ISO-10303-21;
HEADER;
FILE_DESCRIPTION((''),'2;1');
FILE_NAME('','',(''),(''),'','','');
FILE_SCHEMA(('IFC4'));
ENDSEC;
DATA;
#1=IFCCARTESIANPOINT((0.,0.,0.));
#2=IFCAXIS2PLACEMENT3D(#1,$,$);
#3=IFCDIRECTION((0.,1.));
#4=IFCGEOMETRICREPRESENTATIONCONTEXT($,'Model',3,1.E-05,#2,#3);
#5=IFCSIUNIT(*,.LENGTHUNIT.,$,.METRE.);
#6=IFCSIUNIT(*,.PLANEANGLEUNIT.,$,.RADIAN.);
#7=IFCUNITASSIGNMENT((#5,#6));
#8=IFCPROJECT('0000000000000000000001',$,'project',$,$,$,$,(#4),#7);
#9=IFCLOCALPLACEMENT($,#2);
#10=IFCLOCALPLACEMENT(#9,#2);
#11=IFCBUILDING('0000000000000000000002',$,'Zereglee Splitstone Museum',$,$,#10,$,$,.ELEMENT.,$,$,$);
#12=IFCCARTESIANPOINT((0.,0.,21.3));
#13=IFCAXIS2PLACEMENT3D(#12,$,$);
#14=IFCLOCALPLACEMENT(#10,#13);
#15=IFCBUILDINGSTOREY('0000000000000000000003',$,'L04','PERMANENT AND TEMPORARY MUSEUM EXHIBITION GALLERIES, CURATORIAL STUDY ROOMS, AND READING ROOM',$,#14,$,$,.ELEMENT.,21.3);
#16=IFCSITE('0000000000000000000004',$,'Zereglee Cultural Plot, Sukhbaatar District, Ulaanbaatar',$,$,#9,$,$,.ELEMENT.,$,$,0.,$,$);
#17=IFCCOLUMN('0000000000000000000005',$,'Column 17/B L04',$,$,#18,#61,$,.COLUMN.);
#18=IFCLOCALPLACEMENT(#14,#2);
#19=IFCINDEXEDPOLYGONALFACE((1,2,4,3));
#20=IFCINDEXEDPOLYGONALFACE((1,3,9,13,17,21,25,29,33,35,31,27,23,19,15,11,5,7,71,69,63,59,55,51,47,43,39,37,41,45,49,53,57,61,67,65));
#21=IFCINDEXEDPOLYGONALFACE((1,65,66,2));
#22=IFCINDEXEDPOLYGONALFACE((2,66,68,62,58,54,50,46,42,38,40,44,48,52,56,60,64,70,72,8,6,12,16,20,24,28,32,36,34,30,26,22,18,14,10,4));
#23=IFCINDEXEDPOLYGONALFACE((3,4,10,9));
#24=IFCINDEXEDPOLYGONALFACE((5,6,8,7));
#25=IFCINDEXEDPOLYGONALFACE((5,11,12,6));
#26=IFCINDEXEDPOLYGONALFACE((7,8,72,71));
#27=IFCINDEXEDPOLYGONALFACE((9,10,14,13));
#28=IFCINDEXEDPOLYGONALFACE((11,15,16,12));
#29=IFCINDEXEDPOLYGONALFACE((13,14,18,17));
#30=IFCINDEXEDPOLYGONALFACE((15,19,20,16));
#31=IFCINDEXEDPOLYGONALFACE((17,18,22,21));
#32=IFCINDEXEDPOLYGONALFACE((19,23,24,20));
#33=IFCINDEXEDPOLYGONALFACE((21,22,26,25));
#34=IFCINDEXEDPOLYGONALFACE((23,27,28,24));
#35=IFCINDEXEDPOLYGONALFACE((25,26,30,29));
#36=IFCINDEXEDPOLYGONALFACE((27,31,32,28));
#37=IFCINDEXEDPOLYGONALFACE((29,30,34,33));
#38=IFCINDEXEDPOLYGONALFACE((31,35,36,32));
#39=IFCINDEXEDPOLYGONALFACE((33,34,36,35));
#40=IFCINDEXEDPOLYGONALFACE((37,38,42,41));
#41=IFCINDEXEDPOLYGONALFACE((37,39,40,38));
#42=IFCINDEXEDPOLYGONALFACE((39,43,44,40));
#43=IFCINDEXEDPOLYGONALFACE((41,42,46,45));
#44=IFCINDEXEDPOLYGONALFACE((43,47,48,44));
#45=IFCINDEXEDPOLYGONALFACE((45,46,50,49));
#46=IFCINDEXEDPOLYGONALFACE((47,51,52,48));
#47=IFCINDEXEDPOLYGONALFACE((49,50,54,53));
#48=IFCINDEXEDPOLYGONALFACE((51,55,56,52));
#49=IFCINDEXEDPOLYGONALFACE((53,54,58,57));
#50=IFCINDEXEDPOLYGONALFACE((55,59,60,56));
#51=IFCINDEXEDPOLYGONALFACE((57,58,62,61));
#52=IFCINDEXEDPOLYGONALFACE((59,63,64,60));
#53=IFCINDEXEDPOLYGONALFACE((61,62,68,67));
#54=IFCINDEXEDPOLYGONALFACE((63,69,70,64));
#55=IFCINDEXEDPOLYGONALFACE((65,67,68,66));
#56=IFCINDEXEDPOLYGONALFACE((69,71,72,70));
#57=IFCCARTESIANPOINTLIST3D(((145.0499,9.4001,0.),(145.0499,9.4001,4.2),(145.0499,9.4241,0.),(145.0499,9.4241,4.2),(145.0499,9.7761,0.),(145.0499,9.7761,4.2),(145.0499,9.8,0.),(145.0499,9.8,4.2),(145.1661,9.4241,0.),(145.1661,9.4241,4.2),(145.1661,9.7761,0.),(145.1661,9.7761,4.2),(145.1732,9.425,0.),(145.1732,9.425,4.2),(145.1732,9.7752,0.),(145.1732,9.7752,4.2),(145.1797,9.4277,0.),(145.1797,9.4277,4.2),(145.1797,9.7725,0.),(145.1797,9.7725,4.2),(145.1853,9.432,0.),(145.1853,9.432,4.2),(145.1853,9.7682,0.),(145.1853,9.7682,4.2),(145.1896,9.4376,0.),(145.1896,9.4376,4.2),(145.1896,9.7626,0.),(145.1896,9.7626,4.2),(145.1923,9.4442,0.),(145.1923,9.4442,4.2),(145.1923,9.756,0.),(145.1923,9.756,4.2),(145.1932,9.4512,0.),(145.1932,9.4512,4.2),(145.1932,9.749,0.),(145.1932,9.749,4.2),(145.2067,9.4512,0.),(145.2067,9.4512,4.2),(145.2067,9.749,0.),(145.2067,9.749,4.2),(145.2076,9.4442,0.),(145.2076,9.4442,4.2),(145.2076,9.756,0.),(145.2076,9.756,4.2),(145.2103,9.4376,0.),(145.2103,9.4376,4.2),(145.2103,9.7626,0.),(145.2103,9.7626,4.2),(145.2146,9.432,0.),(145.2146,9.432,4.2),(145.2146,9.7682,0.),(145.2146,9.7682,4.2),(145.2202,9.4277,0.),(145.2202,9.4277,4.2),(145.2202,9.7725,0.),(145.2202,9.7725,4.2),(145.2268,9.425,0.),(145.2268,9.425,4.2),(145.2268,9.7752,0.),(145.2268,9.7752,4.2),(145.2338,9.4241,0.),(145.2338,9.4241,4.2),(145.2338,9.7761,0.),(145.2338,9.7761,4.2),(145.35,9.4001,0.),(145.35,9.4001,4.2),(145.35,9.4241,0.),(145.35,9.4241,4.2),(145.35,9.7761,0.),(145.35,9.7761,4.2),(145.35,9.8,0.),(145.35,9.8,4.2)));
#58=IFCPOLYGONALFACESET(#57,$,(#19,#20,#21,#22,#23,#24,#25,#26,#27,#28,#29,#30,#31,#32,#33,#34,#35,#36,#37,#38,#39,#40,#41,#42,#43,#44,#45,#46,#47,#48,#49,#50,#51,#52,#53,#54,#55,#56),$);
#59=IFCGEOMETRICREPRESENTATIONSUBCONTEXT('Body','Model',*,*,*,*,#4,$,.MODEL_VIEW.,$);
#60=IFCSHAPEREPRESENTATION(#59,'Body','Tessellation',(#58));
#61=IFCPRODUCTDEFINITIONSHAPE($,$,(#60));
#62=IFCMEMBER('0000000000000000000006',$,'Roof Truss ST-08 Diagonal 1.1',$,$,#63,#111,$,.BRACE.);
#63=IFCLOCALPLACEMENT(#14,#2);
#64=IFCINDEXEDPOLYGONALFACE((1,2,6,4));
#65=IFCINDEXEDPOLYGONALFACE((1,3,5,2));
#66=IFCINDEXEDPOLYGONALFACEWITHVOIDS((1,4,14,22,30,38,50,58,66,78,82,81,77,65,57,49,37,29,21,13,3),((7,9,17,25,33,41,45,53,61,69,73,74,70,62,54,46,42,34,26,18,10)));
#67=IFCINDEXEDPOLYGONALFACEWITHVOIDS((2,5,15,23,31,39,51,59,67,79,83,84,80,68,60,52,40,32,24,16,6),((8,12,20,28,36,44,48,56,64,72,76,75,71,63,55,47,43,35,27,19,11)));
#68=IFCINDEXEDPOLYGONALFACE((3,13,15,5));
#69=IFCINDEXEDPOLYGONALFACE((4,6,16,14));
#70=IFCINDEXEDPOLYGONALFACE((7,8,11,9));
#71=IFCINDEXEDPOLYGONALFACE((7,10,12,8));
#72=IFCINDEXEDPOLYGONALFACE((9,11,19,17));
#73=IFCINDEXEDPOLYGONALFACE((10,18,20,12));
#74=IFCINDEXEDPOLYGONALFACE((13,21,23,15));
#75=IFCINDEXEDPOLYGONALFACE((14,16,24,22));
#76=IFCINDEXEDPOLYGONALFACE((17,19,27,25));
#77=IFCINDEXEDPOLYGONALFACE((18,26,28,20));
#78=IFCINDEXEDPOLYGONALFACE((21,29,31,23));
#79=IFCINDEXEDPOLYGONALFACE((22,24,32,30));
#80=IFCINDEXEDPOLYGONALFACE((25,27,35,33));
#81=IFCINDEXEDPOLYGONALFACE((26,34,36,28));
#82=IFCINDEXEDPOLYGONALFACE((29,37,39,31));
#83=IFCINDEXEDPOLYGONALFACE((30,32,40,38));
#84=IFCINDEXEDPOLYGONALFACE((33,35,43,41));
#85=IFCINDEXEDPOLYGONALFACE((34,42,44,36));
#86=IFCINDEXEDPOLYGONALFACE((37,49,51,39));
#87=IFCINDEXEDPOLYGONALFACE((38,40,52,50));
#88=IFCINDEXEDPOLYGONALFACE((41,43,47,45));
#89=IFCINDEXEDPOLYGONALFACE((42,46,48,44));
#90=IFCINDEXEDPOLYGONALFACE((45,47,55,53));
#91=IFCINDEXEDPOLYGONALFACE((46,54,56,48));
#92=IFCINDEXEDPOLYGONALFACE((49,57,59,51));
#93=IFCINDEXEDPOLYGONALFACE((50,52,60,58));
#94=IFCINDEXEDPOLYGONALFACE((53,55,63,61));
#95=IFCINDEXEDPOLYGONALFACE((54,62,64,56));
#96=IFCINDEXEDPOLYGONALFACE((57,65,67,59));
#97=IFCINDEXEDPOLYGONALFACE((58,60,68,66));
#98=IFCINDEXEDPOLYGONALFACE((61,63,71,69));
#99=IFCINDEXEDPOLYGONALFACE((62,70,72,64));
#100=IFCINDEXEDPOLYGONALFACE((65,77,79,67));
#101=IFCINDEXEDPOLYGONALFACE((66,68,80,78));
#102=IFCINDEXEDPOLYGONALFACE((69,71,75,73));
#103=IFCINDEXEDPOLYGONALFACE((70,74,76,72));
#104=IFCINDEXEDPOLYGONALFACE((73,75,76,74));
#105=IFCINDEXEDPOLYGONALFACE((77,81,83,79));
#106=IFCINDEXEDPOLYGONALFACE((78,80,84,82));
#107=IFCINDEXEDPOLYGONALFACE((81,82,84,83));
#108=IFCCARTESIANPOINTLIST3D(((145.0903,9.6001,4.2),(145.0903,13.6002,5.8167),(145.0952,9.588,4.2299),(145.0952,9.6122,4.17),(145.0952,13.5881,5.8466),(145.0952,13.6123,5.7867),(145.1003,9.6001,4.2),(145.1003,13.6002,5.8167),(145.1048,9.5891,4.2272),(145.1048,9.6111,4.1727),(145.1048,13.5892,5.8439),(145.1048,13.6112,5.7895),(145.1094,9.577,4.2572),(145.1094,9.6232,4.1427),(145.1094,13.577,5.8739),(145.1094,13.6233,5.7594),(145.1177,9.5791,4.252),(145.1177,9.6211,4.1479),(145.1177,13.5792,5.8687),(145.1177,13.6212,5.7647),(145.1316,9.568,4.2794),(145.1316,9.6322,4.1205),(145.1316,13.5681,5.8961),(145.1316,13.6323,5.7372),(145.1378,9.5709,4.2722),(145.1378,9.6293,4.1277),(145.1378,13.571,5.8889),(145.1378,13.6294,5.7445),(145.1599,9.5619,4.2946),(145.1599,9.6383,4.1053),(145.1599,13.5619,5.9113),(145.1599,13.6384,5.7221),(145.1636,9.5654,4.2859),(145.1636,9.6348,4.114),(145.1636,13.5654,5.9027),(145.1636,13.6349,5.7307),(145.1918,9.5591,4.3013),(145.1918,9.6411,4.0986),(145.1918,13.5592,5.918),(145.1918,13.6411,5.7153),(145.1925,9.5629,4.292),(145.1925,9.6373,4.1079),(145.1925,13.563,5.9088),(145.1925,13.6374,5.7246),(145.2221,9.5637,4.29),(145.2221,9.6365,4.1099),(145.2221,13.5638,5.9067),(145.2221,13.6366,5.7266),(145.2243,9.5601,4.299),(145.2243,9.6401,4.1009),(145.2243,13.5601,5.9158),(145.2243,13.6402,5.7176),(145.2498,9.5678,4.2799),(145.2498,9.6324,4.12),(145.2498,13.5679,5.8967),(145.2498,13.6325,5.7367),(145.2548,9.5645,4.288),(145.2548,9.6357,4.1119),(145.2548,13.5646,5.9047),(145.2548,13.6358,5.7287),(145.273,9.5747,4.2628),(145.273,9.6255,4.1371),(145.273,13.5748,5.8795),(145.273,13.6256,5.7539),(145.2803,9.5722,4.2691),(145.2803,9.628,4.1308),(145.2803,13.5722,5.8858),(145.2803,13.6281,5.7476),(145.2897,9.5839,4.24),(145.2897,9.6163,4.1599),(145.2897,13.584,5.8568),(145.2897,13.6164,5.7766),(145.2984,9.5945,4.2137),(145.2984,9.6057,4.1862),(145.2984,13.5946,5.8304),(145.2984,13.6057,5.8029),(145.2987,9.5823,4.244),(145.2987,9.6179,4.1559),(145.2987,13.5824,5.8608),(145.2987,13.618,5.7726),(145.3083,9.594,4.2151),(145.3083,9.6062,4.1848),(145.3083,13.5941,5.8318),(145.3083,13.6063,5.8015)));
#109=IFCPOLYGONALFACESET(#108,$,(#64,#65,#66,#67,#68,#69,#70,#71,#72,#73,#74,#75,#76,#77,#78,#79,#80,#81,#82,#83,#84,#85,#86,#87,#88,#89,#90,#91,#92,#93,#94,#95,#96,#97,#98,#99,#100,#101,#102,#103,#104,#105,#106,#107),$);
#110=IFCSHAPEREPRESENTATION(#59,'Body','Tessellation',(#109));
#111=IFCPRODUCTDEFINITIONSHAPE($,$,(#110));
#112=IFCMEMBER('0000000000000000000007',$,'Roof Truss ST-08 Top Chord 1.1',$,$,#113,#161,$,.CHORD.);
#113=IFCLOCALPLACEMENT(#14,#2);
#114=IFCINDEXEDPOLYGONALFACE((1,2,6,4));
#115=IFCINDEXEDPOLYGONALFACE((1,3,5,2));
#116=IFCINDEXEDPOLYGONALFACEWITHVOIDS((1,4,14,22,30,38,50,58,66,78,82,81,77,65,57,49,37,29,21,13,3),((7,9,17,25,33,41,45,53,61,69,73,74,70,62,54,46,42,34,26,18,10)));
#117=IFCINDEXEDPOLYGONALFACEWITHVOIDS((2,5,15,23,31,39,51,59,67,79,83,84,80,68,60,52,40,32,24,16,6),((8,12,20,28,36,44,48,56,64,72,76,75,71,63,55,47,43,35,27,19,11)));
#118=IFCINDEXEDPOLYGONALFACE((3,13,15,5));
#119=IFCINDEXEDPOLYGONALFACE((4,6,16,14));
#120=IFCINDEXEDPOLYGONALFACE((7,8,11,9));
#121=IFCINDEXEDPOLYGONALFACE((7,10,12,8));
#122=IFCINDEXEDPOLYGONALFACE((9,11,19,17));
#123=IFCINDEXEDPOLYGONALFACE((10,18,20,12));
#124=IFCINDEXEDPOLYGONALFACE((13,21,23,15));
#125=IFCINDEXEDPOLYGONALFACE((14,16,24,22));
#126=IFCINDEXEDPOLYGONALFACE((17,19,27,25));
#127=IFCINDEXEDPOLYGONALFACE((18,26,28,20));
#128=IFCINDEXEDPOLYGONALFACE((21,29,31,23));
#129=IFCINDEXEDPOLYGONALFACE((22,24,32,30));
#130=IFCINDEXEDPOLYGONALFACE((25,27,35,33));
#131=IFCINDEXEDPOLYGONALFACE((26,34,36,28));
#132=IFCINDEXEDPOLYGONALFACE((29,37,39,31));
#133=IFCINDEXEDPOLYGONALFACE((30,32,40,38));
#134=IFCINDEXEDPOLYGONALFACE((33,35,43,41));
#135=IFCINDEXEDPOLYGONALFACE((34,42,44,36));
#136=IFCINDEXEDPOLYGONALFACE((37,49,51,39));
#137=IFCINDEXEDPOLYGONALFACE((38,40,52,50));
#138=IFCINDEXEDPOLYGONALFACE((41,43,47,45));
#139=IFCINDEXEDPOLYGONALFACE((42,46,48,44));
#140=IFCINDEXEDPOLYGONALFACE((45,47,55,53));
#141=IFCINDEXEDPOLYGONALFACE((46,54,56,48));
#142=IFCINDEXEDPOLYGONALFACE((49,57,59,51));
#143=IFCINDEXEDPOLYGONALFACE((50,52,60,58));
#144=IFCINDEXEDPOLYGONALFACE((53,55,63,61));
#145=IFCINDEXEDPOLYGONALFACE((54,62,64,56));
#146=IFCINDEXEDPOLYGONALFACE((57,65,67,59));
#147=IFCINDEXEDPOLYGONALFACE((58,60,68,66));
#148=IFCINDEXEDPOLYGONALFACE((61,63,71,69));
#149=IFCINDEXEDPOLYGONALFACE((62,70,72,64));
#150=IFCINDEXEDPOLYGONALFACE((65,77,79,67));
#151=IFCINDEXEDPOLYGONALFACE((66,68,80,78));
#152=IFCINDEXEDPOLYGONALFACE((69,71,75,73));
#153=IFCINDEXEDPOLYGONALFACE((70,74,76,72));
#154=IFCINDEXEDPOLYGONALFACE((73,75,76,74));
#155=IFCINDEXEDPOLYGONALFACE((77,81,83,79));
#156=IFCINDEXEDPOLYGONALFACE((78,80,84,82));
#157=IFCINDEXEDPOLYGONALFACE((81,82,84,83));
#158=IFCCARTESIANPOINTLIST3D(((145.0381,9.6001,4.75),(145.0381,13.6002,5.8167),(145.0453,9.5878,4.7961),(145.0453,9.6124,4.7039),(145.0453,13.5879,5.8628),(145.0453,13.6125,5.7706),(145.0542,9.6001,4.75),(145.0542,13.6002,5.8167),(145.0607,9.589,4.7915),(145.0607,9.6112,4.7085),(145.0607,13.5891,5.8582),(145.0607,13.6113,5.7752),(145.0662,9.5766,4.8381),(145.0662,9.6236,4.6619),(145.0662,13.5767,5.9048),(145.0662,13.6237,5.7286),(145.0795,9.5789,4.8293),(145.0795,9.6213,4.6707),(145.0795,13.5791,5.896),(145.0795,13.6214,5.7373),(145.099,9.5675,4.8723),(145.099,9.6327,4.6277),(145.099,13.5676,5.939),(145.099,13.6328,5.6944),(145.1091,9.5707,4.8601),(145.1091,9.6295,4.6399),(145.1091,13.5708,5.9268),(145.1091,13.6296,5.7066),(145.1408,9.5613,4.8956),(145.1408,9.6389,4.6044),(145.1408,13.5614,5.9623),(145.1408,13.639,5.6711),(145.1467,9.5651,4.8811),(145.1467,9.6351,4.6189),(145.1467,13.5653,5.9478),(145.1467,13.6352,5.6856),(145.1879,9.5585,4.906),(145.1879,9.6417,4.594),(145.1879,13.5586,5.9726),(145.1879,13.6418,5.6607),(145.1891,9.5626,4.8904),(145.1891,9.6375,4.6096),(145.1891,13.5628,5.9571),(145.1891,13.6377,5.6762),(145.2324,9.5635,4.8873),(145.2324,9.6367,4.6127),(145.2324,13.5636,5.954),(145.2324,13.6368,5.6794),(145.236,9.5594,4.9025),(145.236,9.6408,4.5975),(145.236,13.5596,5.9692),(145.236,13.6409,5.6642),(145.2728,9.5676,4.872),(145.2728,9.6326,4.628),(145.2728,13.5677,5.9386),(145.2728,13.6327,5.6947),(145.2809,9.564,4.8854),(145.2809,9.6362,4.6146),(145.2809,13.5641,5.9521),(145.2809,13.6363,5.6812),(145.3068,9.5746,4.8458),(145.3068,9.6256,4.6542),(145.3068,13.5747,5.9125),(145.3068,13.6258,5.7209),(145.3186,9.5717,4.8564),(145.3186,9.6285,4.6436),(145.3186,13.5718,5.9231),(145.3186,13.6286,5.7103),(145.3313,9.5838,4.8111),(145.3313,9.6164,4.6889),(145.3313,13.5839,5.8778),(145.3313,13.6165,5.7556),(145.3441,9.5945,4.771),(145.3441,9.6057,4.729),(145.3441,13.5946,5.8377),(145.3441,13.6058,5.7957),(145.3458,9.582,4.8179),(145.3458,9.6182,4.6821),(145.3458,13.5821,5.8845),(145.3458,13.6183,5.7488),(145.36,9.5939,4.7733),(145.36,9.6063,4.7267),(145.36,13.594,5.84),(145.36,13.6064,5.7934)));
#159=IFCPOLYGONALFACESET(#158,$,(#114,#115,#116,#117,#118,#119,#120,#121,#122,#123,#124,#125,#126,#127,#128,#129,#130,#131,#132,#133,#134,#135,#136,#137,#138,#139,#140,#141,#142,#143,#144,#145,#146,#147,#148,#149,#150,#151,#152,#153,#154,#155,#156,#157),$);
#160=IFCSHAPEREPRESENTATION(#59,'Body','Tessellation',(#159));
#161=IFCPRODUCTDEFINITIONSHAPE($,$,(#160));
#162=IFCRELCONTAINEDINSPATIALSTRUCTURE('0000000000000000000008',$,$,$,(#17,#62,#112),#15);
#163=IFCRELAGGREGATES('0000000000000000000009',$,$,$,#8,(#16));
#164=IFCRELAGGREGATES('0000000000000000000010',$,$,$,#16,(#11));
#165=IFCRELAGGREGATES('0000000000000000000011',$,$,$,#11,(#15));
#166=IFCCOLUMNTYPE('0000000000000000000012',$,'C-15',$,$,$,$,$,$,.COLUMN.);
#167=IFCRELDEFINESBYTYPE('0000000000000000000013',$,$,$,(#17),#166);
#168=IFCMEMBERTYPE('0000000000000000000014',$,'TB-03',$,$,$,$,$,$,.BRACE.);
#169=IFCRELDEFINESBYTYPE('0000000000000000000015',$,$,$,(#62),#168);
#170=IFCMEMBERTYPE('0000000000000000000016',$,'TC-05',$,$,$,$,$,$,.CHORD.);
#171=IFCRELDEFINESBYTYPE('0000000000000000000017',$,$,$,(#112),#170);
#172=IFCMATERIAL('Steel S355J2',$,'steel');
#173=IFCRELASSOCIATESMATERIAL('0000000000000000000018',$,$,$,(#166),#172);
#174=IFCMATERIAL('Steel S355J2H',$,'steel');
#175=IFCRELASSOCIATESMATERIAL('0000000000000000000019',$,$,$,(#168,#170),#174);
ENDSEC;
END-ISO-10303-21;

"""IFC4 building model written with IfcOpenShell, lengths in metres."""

from ifc_helpers import new_model, si_unit, direction, frame, origin, origin_2d, place, context, subcontext, project, spatial, hollow_circle, i_section, extrude, material, material_profile, profile_set, type_object, element, save


model = new_model("IFC4")

# Units and contexts
model_context = context("Model", 3, precision=1e-05, world=origin(), true_north=direction((0.0, 1.0)))
body_context = subcontext(model_context, "Body", "Model", "MODEL_VIEW")
ifc_project = project(units=[si_unit("LENGTHUNIT", "METRE"), si_unit("PLANEANGLEUNIT", "RADIAN")], contexts=[model_context])

# Site, building, storey
site_placement = place(None, origin())
site = spatial("IfcSite", under=ifc_project, at=site_placement, Name="Zereglee Cultural Plot, Sukhbaatar District, Ulaanbaatar", CompositionType="ELEMENT", RefElevation=0.0)
building_placement = place(site_placement, origin())
building = spatial("IfcBuilding", under=site, at=building_placement, Name="Zereglee Splitstone Museum", CompositionType="ELEMENT")
storey_placement = place(building_placement, frame((0.0, 0.0, 21.3)))
storey = spatial("IfcBuildingStorey", under=building, at=storey_placement, Name="L04", Description="PERMANENT AND TEMPORARY MUSEUM EXHIBITION GALLERIES, CURATORIAL STUDY ROOMS, AND READING ROOM", CompositionType="ELEMENT", Elevation=21.3)

# Column
ifc_material_1 = material(Name="Steel S355J2", Category="steel")
ifc_material_profile_1 = material_profile(ifc_material_1, i_section(OverallWidth=0.3, OverallDepth=0.3999, WebThickness=0.0134, FlangeThickness=0.0239, FilletRadius=0.0271, at=origin_2d()), Name="HE 400 B")
ifc_profile_set_1 = profile_set([ifc_material_profile_1], Name="Steel S355J2")
column_type = type_object("IfcColumnType", Name="C-15", PredefinedType="COLUMN", material=ifc_profile_set_1)
column_placement = place(storey_placement, frame((145.2, 9.6001, 0.0), z_axis=(0.0, 0.0, 1.0), x_axis=(1.0, 0.0, 0.0)))
element("IfcColumn", 1, at=column_placement, inside=storey, type_object=column_type, Name="Column 17/B L04", PredefinedType="COLUMN", context=body_context, shape_type="SweptSolid", body=[
    extrude(i_section(OverallWidth=0.3, OverallDepth=0.3999, WebThickness=0.0134, FlangeThickness=0.0239, FilletRadius=0.0271, at=origin_2d()), origin(), (0.0, 0.0, 1.0), 4.2),
])

# Members
ifc_material_2 = material(Name="Steel S355J2H", Category="steel")
ifc_material_profile_2 = material_profile(ifc_material_2, hollow_circle(Radius=0.1096, WallThickness=0.01, at=origin_2d()), Name="CHS 219.1x10")
ifc_profile_set_2 = profile_set([ifc_material_profile_2], Name="Steel S355J2H")
member_type_1 = type_object("IfcMemberType", Name="TB-03", PredefinedType="BRACE", material=ifc_profile_set_2)
member_1_placement = place(storey_placement, frame((145.2, 9.6001, 4.2), z_axis=(0.0, 0.927136, 0.374725), x_axis=(-1.0, 0.0, 0.0)))
element("IfcMember", 2, at=member_1_placement, inside=storey, type_object=member_type_1, Name="Roof Truss ST-08 Diagonal 1.1", PredefinedType="BRACE", context=body_context, shape_type="SweptSolid", body=[
    extrude(hollow_circle(Radius=0.1096, WallThickness=0.01, at=origin_2d()), origin(), (0.0, 0.0, 1.0), 4.3145),
])
ifc_material_profile_3 = material_profile(ifc_material_2, hollow_circle(Radius=0.1619, WallThickness=0.0161, at=origin_2d()), Name="CHS 323.9x16")
ifc_profile_set_3 = profile_set([ifc_material_profile_3], Name="Steel S355J2H")
member_type_2 = type_object("IfcMemberType", Name="TC-05", PredefinedType="CHORD", material=ifc_profile_set_3)
for number, where, z_axis, x_axis, name in (
    (3, (145.2, 9.6001, 4.75), (0.0, 0.966236, 0.257659), (-1.0, 0.0, 0.0), "Roof Truss ST-08 Top Chord 1.1"),
):
    element("IfcMember", number, at=place(storey_placement, frame(where, z_axis=z_axis, x_axis=x_axis)), inside=storey, type_object=member_type_2, Name=name, PredefinedType="CHORD", context=body_context, shape_type="SweptSolid", body=[
        extrude(hollow_circle(Radius=0.1619, WallThickness=0.0161, at=origin_2d()), origin(), (0.0, 0.0, 1.0), 4.1399),
    ])

save(model, "model.ifc")
